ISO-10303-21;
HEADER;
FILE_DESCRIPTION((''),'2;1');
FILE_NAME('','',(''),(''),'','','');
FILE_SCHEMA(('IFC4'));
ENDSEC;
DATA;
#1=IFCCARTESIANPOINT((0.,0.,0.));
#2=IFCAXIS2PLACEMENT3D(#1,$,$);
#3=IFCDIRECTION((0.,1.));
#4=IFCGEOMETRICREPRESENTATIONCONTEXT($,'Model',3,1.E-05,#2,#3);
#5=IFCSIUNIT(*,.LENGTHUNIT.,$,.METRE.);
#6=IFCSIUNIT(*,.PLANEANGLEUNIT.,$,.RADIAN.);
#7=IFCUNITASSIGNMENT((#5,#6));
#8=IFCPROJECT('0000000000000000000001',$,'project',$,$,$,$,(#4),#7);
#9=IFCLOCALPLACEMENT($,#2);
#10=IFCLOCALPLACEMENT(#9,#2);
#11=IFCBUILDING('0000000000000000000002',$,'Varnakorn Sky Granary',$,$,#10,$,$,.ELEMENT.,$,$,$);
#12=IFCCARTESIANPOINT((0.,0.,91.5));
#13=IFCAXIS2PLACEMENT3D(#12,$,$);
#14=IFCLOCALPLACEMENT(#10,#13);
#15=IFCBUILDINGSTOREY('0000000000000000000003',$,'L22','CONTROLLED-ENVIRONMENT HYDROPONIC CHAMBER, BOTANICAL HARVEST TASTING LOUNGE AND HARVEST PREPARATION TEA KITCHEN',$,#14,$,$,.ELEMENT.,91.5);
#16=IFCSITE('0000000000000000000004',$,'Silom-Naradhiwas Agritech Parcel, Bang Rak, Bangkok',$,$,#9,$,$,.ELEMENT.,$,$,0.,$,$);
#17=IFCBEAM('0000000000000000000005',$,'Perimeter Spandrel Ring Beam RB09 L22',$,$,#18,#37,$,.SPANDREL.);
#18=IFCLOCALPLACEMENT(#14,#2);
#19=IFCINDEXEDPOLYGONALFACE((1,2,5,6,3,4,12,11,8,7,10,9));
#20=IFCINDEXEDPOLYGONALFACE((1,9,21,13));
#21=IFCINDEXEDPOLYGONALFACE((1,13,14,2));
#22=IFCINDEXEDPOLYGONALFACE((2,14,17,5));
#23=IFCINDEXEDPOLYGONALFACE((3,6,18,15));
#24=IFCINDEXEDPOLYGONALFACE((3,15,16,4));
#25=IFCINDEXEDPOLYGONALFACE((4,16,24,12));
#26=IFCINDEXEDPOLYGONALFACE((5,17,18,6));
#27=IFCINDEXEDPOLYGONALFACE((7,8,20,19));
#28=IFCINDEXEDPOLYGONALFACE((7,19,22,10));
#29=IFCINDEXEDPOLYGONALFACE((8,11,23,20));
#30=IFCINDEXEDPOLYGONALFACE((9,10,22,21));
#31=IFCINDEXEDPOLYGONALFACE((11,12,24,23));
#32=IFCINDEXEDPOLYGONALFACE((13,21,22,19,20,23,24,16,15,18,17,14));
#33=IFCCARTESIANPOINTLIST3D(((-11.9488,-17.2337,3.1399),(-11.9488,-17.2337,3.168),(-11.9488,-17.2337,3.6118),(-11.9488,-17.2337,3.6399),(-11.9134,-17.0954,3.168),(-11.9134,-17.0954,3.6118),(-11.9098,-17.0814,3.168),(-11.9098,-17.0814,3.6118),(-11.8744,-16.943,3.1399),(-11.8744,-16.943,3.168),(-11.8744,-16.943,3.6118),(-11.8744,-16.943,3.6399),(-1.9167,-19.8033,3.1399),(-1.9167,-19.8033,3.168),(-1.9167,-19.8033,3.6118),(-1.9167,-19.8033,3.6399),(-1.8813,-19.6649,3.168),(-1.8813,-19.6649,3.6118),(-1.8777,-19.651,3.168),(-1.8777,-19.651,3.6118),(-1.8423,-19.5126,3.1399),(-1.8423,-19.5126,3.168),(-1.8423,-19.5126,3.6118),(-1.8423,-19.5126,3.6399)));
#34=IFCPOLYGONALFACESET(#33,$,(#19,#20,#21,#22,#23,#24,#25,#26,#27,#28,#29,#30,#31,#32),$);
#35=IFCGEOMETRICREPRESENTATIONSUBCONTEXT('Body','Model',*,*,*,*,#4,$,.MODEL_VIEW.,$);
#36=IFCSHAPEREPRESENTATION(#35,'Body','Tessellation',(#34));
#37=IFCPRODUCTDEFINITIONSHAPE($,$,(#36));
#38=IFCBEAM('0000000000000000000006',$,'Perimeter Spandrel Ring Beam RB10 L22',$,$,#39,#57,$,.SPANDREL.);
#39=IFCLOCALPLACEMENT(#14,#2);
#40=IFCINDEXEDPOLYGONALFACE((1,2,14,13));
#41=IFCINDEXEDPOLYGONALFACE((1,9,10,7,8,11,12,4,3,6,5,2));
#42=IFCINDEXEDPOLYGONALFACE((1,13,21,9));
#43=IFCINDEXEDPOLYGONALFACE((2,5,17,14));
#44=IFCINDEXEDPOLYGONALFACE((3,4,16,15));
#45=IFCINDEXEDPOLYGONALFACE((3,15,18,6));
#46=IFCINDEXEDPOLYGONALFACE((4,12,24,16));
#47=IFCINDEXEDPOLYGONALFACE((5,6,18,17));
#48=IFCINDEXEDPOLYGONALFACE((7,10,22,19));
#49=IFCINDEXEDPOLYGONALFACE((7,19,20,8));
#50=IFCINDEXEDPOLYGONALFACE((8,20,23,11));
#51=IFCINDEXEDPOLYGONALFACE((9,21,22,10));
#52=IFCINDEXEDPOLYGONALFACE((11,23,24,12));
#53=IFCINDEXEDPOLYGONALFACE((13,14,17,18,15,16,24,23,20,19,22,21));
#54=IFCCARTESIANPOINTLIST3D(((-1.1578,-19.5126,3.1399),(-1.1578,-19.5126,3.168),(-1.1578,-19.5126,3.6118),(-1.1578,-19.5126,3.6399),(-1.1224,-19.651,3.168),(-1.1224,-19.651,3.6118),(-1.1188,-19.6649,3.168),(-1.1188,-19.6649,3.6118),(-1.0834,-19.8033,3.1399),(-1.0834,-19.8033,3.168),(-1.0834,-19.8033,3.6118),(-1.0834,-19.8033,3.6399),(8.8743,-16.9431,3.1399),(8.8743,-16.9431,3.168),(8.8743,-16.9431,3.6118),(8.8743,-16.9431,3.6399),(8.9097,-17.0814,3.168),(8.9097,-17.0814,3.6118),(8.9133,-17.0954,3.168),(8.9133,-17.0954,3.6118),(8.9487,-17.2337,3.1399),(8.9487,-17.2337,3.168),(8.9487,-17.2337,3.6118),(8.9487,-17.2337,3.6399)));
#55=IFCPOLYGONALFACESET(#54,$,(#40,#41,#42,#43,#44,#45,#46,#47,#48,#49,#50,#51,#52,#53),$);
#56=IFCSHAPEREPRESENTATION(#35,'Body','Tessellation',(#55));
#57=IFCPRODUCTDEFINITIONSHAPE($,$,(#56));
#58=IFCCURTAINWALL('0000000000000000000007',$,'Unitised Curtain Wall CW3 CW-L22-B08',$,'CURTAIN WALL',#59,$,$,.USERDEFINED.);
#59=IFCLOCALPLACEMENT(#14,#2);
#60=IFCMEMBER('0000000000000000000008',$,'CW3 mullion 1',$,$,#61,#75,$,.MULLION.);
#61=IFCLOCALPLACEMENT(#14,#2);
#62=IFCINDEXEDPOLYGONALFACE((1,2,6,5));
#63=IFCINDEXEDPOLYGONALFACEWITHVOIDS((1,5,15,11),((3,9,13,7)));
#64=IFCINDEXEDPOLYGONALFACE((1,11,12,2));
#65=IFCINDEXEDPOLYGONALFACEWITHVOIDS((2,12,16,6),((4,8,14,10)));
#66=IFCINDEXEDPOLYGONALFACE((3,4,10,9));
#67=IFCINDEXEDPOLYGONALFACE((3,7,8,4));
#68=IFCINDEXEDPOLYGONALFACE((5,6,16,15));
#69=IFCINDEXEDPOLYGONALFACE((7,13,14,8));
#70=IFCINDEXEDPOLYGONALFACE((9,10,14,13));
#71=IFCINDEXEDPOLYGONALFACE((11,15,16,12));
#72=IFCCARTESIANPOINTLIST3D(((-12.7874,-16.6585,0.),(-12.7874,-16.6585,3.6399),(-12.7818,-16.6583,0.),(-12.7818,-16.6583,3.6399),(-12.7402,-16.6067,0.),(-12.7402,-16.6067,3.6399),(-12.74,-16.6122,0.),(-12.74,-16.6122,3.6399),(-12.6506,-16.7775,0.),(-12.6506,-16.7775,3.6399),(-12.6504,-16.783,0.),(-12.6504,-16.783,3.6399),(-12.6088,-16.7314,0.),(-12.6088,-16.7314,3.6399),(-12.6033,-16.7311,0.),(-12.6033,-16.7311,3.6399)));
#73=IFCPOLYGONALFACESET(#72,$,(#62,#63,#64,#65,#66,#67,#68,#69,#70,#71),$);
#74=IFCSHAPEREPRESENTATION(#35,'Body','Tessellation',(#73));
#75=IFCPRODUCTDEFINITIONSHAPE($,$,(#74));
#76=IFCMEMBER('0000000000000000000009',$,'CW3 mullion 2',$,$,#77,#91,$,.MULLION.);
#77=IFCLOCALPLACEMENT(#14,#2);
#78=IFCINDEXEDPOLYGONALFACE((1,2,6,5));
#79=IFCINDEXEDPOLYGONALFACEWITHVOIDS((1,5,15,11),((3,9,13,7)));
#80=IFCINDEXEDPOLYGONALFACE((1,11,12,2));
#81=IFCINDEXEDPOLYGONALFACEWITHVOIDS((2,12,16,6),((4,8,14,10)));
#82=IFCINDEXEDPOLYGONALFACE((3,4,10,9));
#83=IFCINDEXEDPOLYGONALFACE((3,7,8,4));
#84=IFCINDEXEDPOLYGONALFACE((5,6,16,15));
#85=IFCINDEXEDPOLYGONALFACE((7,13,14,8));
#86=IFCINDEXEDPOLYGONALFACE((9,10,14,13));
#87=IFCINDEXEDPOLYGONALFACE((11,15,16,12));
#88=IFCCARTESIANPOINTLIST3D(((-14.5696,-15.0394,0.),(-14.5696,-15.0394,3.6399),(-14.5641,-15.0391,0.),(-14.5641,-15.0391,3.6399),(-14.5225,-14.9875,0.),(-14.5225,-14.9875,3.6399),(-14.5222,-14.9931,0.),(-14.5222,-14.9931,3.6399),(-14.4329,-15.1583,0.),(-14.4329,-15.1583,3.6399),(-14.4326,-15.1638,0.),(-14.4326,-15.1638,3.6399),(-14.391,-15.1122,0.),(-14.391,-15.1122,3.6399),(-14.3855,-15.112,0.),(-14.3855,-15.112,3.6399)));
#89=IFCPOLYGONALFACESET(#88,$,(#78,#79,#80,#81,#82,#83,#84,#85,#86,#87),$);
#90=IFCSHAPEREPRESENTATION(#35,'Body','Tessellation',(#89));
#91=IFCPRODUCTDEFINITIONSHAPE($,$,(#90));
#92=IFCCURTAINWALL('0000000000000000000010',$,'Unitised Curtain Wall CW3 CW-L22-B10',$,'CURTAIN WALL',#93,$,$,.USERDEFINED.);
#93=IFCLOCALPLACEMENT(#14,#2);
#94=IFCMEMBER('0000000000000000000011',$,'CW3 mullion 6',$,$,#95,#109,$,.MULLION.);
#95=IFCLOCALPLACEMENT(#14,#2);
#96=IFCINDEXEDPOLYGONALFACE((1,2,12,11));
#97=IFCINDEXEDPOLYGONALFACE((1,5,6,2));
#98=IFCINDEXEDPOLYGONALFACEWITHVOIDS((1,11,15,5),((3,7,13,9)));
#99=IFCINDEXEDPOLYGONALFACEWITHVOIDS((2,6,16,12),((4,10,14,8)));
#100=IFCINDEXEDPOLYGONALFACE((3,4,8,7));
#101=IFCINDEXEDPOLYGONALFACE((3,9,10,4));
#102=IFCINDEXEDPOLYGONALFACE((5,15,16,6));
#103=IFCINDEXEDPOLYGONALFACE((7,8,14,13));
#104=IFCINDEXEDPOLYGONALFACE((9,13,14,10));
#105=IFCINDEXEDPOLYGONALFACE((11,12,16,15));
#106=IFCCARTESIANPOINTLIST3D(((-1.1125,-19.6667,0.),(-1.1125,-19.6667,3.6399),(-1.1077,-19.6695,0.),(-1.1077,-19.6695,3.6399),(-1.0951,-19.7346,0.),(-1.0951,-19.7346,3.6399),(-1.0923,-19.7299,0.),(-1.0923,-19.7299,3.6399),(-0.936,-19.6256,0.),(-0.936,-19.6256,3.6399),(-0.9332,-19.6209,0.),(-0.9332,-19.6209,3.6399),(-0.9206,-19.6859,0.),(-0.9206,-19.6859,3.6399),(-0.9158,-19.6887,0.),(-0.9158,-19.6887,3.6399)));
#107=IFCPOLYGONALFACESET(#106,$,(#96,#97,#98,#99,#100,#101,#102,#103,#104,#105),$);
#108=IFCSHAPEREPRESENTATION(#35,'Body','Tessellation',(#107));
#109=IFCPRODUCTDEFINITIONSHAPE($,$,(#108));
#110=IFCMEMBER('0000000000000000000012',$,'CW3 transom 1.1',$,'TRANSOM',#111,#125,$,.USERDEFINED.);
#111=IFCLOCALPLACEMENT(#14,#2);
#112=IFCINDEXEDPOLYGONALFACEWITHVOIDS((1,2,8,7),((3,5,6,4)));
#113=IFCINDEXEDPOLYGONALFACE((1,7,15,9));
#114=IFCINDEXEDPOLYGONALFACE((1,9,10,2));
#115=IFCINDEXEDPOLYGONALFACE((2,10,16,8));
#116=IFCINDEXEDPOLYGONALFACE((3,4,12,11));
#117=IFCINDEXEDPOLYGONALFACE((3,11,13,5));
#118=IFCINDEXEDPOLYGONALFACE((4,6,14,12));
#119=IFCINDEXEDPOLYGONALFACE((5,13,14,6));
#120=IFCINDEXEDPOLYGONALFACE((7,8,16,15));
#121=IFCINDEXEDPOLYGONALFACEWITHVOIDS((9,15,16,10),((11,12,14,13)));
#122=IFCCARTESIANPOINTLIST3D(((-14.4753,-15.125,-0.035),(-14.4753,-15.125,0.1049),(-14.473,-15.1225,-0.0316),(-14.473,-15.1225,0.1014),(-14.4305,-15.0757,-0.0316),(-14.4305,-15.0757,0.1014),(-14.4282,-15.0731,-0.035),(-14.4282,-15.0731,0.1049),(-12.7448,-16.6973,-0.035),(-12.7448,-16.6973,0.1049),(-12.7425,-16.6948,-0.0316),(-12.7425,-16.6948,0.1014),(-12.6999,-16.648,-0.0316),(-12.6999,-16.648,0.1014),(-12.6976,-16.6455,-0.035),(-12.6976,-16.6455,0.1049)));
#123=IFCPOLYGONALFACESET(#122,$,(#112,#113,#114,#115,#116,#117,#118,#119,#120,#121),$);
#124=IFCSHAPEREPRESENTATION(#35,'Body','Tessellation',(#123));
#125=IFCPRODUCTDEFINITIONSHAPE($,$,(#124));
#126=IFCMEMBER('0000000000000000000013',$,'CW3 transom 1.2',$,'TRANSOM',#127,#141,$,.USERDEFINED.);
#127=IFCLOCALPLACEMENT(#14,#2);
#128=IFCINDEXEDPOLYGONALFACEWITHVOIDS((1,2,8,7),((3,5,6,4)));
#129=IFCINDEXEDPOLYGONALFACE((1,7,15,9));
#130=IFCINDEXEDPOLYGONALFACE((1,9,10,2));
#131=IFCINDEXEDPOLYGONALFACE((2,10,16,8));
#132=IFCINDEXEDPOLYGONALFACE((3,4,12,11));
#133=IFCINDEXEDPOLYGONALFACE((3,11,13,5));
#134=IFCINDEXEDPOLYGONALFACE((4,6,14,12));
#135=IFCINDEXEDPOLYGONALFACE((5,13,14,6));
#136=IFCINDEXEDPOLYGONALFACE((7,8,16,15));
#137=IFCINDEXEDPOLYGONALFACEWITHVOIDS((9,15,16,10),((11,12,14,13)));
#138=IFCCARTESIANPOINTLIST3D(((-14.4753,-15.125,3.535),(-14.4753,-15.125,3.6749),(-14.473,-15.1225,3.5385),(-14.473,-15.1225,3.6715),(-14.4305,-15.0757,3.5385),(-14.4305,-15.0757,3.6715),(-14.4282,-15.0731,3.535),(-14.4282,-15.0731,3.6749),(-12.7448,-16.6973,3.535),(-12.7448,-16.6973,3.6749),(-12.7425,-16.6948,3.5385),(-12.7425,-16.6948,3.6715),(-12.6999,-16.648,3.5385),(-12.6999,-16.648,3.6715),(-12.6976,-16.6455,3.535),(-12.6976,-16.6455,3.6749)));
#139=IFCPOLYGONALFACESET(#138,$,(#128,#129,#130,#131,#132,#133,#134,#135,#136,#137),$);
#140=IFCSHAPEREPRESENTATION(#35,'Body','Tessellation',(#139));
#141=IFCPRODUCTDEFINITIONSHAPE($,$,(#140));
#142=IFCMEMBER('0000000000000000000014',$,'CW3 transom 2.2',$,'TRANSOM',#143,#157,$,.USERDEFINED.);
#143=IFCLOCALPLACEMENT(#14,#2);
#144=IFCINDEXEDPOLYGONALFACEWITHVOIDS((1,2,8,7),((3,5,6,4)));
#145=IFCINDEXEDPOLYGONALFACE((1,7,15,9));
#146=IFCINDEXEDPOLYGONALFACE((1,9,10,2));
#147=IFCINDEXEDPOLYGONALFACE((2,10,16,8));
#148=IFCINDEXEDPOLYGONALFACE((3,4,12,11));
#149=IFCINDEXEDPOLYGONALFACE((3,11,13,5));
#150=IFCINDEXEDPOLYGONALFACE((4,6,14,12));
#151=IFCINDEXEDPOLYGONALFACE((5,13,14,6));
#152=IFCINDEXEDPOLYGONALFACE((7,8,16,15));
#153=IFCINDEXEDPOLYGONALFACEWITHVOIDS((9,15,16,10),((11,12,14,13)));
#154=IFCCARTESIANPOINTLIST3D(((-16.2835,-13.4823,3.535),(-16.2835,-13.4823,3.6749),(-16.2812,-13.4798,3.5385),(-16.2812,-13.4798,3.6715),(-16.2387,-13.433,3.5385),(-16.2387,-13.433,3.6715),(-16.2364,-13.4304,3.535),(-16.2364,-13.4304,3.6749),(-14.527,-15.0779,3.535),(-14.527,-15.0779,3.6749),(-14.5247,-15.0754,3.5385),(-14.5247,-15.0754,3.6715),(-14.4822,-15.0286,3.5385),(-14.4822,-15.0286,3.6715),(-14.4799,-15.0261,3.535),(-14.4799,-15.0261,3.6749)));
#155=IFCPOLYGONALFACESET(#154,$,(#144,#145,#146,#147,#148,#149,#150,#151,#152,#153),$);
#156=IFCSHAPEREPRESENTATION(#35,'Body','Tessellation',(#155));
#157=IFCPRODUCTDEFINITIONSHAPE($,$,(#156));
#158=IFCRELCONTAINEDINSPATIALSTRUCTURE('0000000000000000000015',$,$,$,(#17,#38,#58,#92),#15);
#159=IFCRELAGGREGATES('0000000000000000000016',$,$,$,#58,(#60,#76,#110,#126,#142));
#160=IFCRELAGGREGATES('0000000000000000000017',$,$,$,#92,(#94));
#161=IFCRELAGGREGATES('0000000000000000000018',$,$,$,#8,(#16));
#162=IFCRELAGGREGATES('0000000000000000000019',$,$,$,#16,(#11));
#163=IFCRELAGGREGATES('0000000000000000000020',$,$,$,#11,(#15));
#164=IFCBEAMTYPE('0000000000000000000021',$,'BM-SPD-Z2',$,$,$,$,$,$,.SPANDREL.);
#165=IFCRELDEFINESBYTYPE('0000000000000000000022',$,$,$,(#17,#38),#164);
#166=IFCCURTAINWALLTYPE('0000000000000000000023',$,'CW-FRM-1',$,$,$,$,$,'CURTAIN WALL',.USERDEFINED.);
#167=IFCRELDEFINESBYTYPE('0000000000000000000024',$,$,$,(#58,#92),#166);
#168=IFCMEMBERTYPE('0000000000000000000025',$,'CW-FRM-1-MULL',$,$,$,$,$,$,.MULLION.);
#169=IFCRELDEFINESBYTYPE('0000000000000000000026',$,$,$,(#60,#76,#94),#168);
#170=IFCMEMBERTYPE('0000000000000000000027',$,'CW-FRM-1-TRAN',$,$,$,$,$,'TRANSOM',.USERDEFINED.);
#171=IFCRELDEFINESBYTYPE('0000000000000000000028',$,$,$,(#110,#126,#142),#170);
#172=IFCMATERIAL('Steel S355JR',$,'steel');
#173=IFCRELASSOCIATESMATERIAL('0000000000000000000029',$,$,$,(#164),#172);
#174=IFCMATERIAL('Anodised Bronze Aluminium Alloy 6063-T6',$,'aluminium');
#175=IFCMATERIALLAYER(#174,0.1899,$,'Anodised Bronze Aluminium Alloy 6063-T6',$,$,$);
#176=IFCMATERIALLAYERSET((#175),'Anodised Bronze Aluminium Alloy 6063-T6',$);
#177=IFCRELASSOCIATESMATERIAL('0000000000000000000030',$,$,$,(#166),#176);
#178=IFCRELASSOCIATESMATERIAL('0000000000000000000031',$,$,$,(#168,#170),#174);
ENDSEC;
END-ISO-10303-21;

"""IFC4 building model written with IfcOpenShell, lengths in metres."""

from ifc_helpers import new_model, si_unit, direction, frame, origin, origin_2d, place, context, subcontext, project, spatial, hollow_rectangle, i_section, extrude, material, layer, layer_set, material_profile, profile_set, type_object, element, aggregate, save


model = new_model("IFC4")

# Units and contexts
model_context = context("Model", 3, precision=1e-05, world=origin(), true_north=direction((0.0, 1.0)))
body_context = subcontext(model_context, "Body", "Model", "MODEL_VIEW")
ifc_project = project(units=[si_unit("LENGTHUNIT", "METRE"), si_unit("PLANEANGLEUNIT", "RADIAN")], contexts=[model_context])

# Site, building, storey
site_placement = place(None, origin())
site = spatial("IfcSite", under=ifc_project, at=site_placement, Name="Silom-Naradhiwas Agritech Parcel, Bang Rak, Bangkok", CompositionType="ELEMENT", RefElevation=0.0)
building_placement = place(site_placement, origin())
building = spatial("IfcBuilding", under=site, at=building_placement, Name="Varnakorn Sky Granary", CompositionType="ELEMENT")
storey_placement = place(building_placement, frame((0.0, 0.0, 91.5)))
storey = spatial("IfcBuildingStorey", under=building, at=storey_placement, Name="L22", Description="CONTROLLED-ENVIRONMENT HYDROPONIC CHAMBER, BOTANICAL HARVEST TASTING LOUNGE AND HARVEST PREPARATION TEA KITCHEN", CompositionType="ELEMENT", Elevation=91.5)

# Beams
ifc_material_1 = material(Name="Steel S355JR", Category="steel")
ifc_material_profile_1 = material_profile(ifc_material_1, i_section(OverallWidth=0.3, OverallDepth=0.5, WebThickness=0.0144, FlangeThickness=0.0281, at=origin_2d()), Name="HE 500 B")
ifc_profile_set_1 = profile_set([ifc_material_profile_1], Name="Steel S355JR")
beam_type_1 = type_object("IfcBeamType", Name="BM-SPD-Z2", PredefinedType="SPANDREL", material=ifc_profile_set_1)
for number, where, z_axis, x_axis, name in (
    (1, (-11.9116, -17.0884, 3.3899), (0.968729, -0.248123, 0.0), (0.248123, 0.968729, 0.0), "Perimeter Spandrel Ring Beam RB09 L22"),
    (2, (-1.1206, -19.658, 3.3899), (0.968729, 0.248123, 0.0), (-0.248123, 0.968729, 0.0), "Perimeter Spandrel Ring Beam RB10 L22"),
):
    element("IfcBeam", number, at=place(storey_placement, frame(where, z_axis=z_axis, x_axis=x_axis)), inside=storey, type_object=beam_type_1, Name=name, PredefinedType="SPANDREL", context=body_context, shape_type="SweptSolid", body=[
        extrude(i_section(OverallWidth=0.3, OverallDepth=0.5, WebThickness=0.0144, FlangeThickness=0.0281, at=origin_2d()), origin(), (0.0, 0.0, 1.0), 10.356),
    ])

# Curtain wall, members
ifc_material_2 = material(Name="Anodised Bronze Aluminium Alloy 6063-T6", Category="aluminium")
ifc_layer_1 = layer(ifc_material_2, 0.1899, Name="Anodised Bronze Aluminium Alloy 6063-T6")
ifc_layer_set_1 = layer_set([ifc_layer_1], Name="Anodised Bronze Aluminium Alloy 6063-T6")
curtain_wall_type = type_object("IfcCurtainWallType", Name="CW-FRM-1", ElementType="CURTAIN WALL", PredefinedType="USERDEFINED", material=ifc_layer_set_1)
curtain_wall_1_placement = place(storey_placement, origin())
curtain_wall_1 = element("IfcCurtainWall", 3, at=curtain_wall_1_placement, inside=storey, type_object=curtain_wall_type, Name="Unitised Curtain Wall CW3 CW-L22-B08", ObjectType="CURTAIN WALL", PredefinedType="USERDEFINED")
ifc_material_profile_2 = material_profile(ifc_material_2, hollow_rectangle(XDim=0.0701, YDim=0.1851, WallThickness=0.0039, at=origin_2d()), Name="ALU MULL 70x185")
ifc_profile_set_2 = profile_set([ifc_material_profile_2], Name="Anodised Bronze Aluminium Alloy 6063-T6")
member_type_1 = type_object("IfcMemberType", Name="CW-FRM-1-MULL", PredefinedType="MULLION", material=ifc_profile_set_2)
member_1_placement = place(storey_placement, frame((-12.6953, -16.6948, 0.0), z_axis=(0.0, 0.0, 1.0), x_axis=(-0.672429, -0.740161, 0.0)))
member_1 = element("IfcMember", 4, at=member_1_placement, type_object=member_type_1, Name="CW3 mullion 1", PredefinedType="MULLION", context=body_context, shape_type="SweptSolid", body=[
    extrude(hollow_rectangle(XDim=0.0701, YDim=0.1851, WallThickness=0.0039, at=origin_2d()), origin(), (0.0, 0.0, 1.0), 3.6399),
])
member_2_placement = place(storey_placement, frame((-14.4775, -15.0757, 0.0), z_axis=(0.0, 0.0, 1.0), x_axis=(-0.672429, -0.740161, 0.0)))
member_2 = element("IfcMember", 5, at=member_2_placement, type_object=member_type_1, Name="CW3 mullion 2", PredefinedType="MULLION", context=body_context, shape_type="SweptSolid", body=[
    extrude(hollow_rectangle(XDim=0.0701, YDim=0.1851, WallThickness=0.0039, at=origin_2d()), origin(), (0.0, 0.0, 1.0), 3.6399),
])

# Curtain wall, member
curtain_wall_2_placement = place(storey_placement, origin())
curtain_wall_2 = element("IfcCurtainWall", 6, at=curtain_wall_2_placement, inside=storey, type_object=curtain_wall_type, Name="Unitised Curtain Wall CW3 CW-L22-B10", ObjectType="CURTAIN WALL", PredefinedType="USERDEFINED")
member_3_placement = place(storey_placement, frame((-1.0142, -19.6777, 0.0), z_axis=(0.0, 0.0, 1.0), x_axis=(0.247904, -0.968785, 0.0)))
member_3 = element("IfcMember", 7, at=member_3_placement, type_object=member_type_1, Name="CW3 mullion 6", PredefinedType="MULLION", context=body_context, shape_type="SweptSolid", body=[
    extrude(hollow_rectangle(XDim=0.0701, YDim=0.1851, WallThickness=0.0039, at=origin_2d()), origin(), (0.0, 0.0, 1.0), 3.6399),
])

# Members
ifc_material_profile_3 = material_profile(ifc_material_2, hollow_rectangle(XDim=0.0701, YDim=0.1399, WallThickness=0.0034, at=origin_2d()), Name="ALU TRAN 70x140")
ifc_profile_set_3 = profile_set([ifc_material_profile_3], Name="Anodised Bronze Aluminium Alloy 6063-T6")
member_type_2 = type_object("IfcMemberType", Name="CW-FRM-1-TRAN", ElementType="TRANSOM", PredefinedType="USERDEFINED", material=ifc_profile_set_3)
member_4_placement = place(storey_placement, frame((-12.7212, -16.6714, 0.0349), z_axis=(-0.740129, 0.672465, 0.0), x_axis=(-0.672465, -0.740129, 0.0)))
member_4 = element("IfcMember", 8, at=member_4_placement, type_object=member_type_2, Name="CW3 transom 1.1", ObjectType="TRANSOM", PredefinedType="USERDEFINED", context=body_context, shape_type="SweptSolid", body=[
    extrude(hollow_rectangle(XDim=0.0701, YDim=0.1399, WallThickness=0.0034, at=origin_2d()), origin(), (0.0, 0.0, 1.0), 2.3381),
])
member_5_placement = place(storey_placement, frame((-12.7212, -16.6714, 3.605), z_axis=(-0.740129, 0.672465, 0.0), x_axis=(-0.672465, -0.740129, 0.0)))
member_5 = element("IfcMember", 9, at=member_5_placement, type_object=member_type_2, Name="CW3 transom 1.2", ObjectType="TRANSOM", PredefinedType="USERDEFINED", context=body_context, shape_type="SweptSolid", body=[
    extrude(hollow_rectangle(XDim=0.0701, YDim=0.1399, WallThickness=0.0034, at=origin_2d()), origin(), (0.0, 0.0, 1.0), 2.3381),
])
member_6_placement = place(storey_placement, frame((-14.5034, -15.052, 3.605), z_axis=(-0.740191, 0.672396, 0.0), x_axis=(-0.672396, -0.740191, 0.0)))
member_6 = element("IfcMember", 10, at=member_6_placement, type_object=member_type_2, Name="CW3 transom 2.2", ObjectType="TRANSOM", PredefinedType="USERDEFINED", context=body_context, shape_type="SweptSolid", body=[
    extrude(hollow_rectangle(XDim=0.0701, YDim=0.1399, WallThickness=0.0034, at=origin_2d()), origin(), (0.0, 0.0, 1.0), 2.373),
])

aggregate(curtain_wall_1, [member_1, member_2, member_4, member_5, member_6])
aggregate(curtain_wall_2, [member_3])

save(model, "model.ifc")
